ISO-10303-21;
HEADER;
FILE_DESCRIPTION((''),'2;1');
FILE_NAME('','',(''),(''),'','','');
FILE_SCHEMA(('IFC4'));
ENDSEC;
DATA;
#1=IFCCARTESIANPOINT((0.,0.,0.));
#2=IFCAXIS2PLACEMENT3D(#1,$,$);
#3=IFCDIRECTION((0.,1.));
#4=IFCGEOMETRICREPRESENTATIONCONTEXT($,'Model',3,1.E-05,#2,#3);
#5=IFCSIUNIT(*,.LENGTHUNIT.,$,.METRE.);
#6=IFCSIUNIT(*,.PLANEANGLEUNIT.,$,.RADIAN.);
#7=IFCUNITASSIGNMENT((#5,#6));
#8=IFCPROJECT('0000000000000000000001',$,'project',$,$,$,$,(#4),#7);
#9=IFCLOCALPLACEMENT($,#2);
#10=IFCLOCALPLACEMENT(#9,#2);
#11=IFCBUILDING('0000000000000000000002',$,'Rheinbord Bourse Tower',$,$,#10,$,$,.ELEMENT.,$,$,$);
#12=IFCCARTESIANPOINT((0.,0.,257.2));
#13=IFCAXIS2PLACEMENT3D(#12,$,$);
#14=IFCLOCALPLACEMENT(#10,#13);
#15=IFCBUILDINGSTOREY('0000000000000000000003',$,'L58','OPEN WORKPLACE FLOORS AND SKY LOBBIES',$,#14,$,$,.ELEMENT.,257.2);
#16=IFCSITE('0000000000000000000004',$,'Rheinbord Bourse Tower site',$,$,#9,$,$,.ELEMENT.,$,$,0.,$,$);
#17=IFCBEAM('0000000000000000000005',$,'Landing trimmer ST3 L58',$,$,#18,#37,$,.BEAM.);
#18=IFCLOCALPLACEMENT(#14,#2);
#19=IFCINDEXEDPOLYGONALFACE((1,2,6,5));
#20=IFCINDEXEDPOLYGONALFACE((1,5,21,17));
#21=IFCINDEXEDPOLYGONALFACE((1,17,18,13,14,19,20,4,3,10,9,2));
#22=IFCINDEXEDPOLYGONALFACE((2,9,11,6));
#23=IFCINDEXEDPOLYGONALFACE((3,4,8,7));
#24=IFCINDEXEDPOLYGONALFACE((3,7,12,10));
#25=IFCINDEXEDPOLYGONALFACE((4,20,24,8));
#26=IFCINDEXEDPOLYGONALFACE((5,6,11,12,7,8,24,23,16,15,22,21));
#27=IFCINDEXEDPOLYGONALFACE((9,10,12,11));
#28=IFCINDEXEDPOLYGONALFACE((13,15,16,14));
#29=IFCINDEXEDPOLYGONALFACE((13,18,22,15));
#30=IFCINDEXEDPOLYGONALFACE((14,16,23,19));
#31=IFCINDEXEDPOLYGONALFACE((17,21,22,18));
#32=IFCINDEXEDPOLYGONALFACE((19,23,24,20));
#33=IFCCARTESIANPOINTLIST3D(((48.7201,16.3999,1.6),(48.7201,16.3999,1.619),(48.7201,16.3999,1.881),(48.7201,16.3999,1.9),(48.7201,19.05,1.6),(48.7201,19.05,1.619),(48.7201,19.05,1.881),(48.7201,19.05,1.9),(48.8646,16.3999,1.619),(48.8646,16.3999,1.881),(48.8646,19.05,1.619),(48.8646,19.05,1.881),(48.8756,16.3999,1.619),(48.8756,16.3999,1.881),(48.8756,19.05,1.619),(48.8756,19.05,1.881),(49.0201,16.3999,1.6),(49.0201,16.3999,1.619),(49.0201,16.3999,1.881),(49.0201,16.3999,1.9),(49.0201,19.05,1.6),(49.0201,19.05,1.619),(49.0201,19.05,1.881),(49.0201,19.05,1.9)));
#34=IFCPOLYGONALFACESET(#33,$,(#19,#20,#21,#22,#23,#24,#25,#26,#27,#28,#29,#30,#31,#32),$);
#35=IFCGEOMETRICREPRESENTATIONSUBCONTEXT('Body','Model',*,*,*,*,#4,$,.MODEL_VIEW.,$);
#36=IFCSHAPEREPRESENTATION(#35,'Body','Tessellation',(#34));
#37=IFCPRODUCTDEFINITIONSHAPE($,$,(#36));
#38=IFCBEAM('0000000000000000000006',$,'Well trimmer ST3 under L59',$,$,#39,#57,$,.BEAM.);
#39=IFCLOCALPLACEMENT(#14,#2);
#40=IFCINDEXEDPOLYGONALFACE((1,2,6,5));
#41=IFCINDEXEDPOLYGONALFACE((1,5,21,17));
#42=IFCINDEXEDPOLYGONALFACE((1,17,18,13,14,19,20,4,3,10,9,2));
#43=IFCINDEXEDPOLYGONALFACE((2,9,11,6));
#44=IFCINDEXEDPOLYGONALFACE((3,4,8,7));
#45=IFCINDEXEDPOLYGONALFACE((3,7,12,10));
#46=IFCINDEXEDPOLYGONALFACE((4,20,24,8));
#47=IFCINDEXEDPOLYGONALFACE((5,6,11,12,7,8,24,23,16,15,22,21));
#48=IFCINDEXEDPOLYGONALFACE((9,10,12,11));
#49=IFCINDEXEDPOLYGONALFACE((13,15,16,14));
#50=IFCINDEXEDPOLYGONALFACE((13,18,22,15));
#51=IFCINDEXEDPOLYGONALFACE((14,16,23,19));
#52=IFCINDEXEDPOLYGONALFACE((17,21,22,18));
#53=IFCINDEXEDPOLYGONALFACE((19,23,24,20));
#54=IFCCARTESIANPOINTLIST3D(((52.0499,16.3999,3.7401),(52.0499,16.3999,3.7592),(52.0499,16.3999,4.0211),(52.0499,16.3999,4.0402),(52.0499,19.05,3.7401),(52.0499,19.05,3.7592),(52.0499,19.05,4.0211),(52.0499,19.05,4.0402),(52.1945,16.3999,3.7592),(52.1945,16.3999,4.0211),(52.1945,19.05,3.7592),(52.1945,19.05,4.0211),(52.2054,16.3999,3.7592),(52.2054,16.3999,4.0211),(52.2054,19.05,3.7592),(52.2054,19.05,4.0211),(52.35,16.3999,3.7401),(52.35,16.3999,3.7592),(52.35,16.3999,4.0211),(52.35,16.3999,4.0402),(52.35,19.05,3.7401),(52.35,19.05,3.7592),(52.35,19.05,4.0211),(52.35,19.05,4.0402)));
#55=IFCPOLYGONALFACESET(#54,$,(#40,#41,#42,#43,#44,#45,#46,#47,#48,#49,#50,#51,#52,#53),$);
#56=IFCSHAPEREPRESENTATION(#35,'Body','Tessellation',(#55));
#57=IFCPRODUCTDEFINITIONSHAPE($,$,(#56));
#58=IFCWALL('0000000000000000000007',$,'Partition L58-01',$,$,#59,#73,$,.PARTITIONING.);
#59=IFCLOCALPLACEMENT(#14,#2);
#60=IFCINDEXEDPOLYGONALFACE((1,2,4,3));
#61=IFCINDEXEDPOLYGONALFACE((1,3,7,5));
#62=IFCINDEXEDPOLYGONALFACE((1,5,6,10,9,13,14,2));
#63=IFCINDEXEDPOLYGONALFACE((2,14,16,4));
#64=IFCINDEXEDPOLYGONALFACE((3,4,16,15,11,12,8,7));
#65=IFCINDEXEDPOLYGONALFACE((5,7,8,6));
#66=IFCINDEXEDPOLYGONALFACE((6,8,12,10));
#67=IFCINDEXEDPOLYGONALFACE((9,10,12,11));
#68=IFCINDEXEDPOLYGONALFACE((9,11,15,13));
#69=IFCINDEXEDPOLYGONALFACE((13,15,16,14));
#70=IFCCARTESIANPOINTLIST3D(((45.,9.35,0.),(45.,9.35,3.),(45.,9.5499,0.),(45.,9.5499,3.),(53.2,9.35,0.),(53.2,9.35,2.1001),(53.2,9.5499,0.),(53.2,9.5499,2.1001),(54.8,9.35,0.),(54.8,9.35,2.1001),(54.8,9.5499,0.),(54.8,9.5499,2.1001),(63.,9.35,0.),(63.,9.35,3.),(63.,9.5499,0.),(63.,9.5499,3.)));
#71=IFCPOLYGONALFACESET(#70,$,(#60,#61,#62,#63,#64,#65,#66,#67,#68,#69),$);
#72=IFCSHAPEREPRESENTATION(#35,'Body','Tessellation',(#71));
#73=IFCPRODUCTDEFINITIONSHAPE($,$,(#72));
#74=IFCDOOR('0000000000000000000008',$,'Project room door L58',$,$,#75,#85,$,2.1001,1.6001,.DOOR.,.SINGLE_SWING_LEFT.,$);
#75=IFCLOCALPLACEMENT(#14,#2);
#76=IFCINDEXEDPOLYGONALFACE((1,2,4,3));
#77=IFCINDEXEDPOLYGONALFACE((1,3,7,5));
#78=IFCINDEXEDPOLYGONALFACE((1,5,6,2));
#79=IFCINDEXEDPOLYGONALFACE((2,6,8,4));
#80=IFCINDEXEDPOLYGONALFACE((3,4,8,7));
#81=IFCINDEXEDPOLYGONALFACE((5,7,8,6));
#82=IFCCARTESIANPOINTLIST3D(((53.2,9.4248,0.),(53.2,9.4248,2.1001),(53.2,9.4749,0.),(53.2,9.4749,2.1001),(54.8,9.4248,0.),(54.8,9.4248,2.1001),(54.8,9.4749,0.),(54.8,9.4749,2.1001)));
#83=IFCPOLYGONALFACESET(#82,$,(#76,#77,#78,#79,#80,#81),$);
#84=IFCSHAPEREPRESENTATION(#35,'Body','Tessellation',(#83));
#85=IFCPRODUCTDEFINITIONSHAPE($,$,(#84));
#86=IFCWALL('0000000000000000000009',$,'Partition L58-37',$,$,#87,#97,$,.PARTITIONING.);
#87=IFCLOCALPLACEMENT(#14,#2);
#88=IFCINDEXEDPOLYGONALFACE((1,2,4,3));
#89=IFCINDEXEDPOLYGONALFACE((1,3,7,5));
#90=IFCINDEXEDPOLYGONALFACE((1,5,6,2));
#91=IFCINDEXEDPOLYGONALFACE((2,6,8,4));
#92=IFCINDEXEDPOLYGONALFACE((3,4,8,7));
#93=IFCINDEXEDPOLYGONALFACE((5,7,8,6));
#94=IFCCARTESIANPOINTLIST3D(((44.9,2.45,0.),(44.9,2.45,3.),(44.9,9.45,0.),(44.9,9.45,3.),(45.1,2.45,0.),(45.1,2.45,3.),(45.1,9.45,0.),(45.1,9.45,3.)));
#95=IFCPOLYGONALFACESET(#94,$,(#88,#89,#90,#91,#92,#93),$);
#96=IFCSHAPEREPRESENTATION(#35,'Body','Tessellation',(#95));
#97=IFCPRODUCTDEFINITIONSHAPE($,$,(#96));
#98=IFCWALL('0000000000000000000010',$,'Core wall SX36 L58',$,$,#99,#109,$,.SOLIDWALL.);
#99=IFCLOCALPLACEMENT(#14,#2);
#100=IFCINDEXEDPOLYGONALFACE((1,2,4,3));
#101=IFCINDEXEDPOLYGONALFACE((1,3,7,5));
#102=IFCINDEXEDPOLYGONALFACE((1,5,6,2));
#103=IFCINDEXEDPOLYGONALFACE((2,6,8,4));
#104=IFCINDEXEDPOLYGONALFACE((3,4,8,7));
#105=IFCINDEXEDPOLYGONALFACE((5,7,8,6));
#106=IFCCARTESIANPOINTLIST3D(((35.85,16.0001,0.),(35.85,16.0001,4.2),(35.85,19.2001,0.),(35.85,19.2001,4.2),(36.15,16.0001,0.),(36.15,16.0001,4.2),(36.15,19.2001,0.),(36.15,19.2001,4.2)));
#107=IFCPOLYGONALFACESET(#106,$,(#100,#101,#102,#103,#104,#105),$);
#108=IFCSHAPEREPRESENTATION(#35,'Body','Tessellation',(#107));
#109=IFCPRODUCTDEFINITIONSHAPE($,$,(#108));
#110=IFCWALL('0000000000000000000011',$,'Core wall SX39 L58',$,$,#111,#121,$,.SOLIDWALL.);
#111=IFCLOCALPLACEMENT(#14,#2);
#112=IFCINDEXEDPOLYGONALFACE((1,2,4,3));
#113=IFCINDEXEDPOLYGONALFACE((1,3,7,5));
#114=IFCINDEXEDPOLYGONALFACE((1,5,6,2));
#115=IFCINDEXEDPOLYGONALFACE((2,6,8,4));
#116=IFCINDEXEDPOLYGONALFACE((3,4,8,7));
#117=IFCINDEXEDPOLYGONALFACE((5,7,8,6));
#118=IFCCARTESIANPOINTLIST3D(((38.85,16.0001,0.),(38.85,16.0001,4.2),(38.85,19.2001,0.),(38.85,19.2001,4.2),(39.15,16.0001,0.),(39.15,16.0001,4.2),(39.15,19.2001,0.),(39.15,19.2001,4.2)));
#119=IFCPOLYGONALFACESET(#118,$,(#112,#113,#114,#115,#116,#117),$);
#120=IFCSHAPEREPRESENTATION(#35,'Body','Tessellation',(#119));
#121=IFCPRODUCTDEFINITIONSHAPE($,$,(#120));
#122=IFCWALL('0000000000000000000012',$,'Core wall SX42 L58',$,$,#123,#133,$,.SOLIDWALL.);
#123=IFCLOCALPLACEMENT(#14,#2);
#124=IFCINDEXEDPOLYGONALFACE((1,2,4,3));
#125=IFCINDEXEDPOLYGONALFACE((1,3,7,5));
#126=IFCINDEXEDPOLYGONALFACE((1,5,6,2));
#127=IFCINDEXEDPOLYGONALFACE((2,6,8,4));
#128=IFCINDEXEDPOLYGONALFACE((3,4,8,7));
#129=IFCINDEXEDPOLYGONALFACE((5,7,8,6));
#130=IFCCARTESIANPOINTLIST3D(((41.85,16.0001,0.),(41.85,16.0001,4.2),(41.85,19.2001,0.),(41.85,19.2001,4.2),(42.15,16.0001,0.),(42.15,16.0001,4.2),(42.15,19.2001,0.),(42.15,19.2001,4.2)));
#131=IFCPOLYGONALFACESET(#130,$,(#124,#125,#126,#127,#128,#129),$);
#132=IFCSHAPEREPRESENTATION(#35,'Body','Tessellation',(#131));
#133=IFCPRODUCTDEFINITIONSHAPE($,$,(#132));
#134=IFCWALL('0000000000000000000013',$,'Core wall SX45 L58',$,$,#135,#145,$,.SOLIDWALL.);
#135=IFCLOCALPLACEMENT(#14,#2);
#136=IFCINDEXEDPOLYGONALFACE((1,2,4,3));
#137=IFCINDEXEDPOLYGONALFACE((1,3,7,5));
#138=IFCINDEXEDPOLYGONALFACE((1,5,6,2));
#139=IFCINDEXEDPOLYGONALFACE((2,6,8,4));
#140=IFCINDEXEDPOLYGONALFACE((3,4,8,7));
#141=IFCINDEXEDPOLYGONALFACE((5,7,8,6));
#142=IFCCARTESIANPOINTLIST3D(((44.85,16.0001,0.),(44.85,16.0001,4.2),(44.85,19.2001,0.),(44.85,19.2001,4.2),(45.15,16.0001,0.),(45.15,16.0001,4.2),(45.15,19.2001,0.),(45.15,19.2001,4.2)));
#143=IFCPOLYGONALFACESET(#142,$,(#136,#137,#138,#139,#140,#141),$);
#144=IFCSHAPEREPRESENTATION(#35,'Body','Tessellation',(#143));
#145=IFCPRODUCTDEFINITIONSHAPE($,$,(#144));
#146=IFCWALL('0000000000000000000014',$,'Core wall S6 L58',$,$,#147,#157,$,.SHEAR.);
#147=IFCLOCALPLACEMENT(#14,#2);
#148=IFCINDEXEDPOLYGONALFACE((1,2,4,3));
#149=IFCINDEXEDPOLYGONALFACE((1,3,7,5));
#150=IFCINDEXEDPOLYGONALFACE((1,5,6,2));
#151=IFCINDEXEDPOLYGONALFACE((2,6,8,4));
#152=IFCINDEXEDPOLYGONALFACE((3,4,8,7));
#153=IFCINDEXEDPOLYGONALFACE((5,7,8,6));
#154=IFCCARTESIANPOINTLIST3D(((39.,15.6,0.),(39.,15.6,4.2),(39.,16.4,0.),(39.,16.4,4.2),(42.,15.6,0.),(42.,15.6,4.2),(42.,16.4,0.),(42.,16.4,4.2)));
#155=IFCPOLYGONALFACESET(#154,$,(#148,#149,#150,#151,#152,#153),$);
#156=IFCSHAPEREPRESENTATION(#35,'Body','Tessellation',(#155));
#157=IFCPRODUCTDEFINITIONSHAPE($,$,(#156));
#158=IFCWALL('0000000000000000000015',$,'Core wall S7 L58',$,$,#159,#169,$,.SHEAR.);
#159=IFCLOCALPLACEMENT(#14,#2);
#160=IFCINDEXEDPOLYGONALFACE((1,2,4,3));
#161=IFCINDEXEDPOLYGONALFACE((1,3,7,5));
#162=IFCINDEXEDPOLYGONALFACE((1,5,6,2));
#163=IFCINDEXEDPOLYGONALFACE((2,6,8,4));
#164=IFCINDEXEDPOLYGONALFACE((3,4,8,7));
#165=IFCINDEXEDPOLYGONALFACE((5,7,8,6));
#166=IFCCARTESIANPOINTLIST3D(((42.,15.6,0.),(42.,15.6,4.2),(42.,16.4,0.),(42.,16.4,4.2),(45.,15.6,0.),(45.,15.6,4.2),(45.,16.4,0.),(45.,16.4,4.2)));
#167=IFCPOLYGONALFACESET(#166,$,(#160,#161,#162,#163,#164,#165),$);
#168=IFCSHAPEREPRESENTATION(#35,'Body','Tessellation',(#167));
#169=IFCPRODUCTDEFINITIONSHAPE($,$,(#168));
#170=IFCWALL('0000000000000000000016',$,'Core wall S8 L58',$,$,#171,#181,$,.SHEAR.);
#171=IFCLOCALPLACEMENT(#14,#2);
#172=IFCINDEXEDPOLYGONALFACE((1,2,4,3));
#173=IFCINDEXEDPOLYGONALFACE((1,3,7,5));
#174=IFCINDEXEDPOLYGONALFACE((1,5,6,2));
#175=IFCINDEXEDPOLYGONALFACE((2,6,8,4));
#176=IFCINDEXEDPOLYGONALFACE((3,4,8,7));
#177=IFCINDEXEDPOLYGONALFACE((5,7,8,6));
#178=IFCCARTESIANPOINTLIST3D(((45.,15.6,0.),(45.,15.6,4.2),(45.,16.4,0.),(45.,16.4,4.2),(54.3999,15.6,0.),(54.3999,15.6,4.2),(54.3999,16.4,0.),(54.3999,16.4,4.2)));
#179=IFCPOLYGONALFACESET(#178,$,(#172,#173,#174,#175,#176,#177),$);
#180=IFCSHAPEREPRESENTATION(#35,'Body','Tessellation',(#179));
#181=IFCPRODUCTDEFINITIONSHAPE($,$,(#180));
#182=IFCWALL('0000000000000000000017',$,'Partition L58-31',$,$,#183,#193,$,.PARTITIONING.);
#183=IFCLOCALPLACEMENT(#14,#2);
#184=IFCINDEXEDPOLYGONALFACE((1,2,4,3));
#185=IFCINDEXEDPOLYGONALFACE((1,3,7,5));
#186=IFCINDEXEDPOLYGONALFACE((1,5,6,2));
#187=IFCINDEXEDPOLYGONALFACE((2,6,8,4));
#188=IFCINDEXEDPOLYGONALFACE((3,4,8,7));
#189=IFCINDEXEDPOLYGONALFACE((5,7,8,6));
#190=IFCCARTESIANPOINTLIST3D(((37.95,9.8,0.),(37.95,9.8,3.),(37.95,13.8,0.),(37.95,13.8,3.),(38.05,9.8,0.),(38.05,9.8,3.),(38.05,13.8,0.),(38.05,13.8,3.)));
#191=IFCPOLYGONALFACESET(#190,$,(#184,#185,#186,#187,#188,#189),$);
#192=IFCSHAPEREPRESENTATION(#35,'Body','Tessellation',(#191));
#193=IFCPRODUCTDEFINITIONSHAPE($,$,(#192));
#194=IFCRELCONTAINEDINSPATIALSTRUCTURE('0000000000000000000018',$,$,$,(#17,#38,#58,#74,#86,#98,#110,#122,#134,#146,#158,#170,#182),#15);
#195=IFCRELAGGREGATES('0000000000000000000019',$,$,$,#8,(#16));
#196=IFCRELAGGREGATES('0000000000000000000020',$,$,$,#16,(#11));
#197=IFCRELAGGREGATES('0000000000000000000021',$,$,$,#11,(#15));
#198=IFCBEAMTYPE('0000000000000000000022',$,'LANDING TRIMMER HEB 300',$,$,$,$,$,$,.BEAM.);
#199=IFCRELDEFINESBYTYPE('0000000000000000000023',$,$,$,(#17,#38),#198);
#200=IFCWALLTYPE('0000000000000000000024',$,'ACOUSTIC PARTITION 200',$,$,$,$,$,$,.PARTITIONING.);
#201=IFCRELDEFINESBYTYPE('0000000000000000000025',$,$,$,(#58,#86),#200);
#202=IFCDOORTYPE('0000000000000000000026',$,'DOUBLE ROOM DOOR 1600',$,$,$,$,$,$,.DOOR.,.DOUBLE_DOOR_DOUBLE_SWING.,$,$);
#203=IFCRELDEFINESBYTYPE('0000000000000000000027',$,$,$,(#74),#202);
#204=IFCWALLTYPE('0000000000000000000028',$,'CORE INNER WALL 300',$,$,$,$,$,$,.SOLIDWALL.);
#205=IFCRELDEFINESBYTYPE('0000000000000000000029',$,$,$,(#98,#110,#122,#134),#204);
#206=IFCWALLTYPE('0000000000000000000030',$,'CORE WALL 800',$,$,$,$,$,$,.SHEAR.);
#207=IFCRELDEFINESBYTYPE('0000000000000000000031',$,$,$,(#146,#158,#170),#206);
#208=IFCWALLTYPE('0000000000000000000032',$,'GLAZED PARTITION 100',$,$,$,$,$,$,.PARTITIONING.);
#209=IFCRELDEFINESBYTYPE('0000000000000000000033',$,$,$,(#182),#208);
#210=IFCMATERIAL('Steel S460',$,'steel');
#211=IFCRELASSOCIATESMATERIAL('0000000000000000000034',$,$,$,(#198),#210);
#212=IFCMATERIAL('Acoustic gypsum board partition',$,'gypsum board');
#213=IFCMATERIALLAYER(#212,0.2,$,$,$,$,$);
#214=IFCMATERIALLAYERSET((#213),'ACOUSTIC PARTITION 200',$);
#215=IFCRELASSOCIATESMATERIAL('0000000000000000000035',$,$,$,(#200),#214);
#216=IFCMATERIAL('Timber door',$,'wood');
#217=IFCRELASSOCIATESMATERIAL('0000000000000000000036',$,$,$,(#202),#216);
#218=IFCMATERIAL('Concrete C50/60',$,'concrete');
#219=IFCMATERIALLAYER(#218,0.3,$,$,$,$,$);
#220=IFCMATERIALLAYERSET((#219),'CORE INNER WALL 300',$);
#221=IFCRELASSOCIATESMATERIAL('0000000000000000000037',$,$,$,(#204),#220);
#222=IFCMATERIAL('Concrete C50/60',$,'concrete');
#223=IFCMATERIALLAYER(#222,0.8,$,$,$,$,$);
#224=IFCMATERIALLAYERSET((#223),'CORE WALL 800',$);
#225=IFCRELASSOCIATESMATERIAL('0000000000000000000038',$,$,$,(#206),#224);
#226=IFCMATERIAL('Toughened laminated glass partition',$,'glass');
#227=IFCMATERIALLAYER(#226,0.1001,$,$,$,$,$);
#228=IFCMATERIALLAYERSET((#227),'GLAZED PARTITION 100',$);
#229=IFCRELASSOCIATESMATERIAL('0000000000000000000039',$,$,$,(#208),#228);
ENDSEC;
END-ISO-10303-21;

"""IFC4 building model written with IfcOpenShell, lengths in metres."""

from ifc_helpers import new_model, si_unit, direction, frame, frame_2d, origin, origin_2d, place, context, subcontext, project, spatial, rectangle, i_section, extrude, material, layer, layer_set, material_profile, profile_set, type_object, element, fill, save


model = new_model("IFC4")

# Units and contexts
model_context = context("Model", 3, precision=1e-05, world=origin(), true_north=direction((0.0, 1.0)))
body_context = subcontext(model_context, "Body", "Model", "MODEL_VIEW")
ifc_project = project(units=[si_unit("LENGTHUNIT", "METRE"), si_unit("PLANEANGLEUNIT", "RADIAN")], contexts=[model_context])

# Site, building, storey
site_placement = place(None, origin())
site = spatial("IfcSite", under=ifc_project, at=site_placement, Name="Rheinbord Bourse Tower site", CompositionType="ELEMENT", RefElevation=0.0)
building_placement = place(site_placement, origin())
building = spatial("IfcBuilding", under=site, at=building_placement, Name="Rheinbord Bourse Tower", CompositionType="ELEMENT")
storey_placement = place(building_placement, frame((0.0, 0.0, 257.2)))
storey = spatial("IfcBuildingStorey", under=building, at=storey_placement, Name="L58", Description="OPEN WORKPLACE FLOORS AND SKY LOBBIES", CompositionType="ELEMENT", Elevation=257.2)

# Beams
ifc_material_1 = material(Name="Steel S460", Category="steel")
ifc_material_profile = material_profile(ifc_material_1, i_section(OverallWidth=0.3, OverallDepth=0.3, WebThickness=0.011, FlangeThickness=0.019, at=origin_2d()), Name="HEB 300")
ifc_profile_set = profile_set([ifc_material_profile], Name="Steel S460")
beam_type = type_object("IfcBeamType", Name="LANDING TRIMMER HEB 300", PredefinedType="BEAM", material=ifc_profile_set)
for number, where, z_axis, x_axis, name in (
    (1, (48.8701, 16.3999, 1.75), (0.0, 1.0, 0.0), (-1.0, 0.0, 0.0), "Landing trimmer ST3 L58"),
    (2, (52.2, 16.3999, 3.8901), (0.0, 1.0, 0.0), (-1.0, 0.0, 0.0), "Well trimmer ST3 under L59"),
):
    element("IfcBeam", number, at=place(storey_placement, frame(where, z_axis=z_axis, x_axis=x_axis)), inside=storey, type_object=beam_type, Name=name, PredefinedType="BEAM", context=body_context, shape_type="SweptSolid", body=[
        extrude(i_section(OverallWidth=0.3, OverallDepth=0.3, WebThickness=0.011, FlangeThickness=0.019, at=origin_2d()), origin(), (0.0, 0.0, 1.0), 2.6501),
    ])

# Wall, opening, door
ifc_material_2 = material(Name="Acoustic gypsum board partition", Category="gypsum board")
ifc_layer_1 = layer(ifc_material_2, 0.2)
ifc_layer_set_1 = layer_set([ifc_layer_1], Name="ACOUSTIC PARTITION 200")
wall_type_1 = type_object("IfcWallType", Name="ACOUSTIC PARTITION 200", PredefinedType="PARTITIONING", material=ifc_layer_set_1)
wall_1_placement = place(storey_placement, frame((45.0, 9.45, 0.0), z_axis=(0.0, 0.0, 1.0), x_axis=(1.0, 0.0, 0.0)))
wall_1 = element("IfcWall", 3, at=wall_1_placement, inside=storey, type_object=wall_type_1, Name="Partition L58-01", PredefinedType="PARTITIONING", context=body_context, shape_type="SweptSolid", body=[
    extrude(rectangle(XDim=18.0, YDim=0.2, at=frame_2d((9.0, 0.0))), origin(), (0.0, 0.0, 1.0), 3.0),
])
opening_1_placement = place(wall_1_placement, frame((8.2, 0.0, 0.0)))
opening_1 = element("IfcOpeningElement", 4, at=opening_1_placement, cuts=wall_1, PredefinedType="OPENING", context=body_context, shape_type="SweptSolid", body=[
    extrude(rectangle(XDim=1.6001, YDim=2.1001, at=frame_2d((0.8, 1.05))), frame((0.0, 0.1099, 0.0), z_axis=(0.0, -1.0, 0.0), x_axis=(1.0, 0.0, 0.0)), (0.0, 0.0, 1.0), 0.22),
])
ifc_material_3 = material(Name="Timber door", Category="wood")
door_type = type_object("IfcDoorType", Name="DOUBLE ROOM DOOR 1600", OperationType="DOUBLE_DOOR_DOUBLE_SWING", PredefinedType="DOOR", material=ifc_material_3)
door_1_placement = place(opening_1_placement, origin())
door_1 = element("IfcDoor", 5, at=door_1_placement, inside=storey, type_object=door_type, Name="Project room door L58", OperationType="SINGLE_SWING_LEFT", OverallHeight=2.1001, OverallWidth=1.6001, PredefinedType="DOOR", context=body_context, shape_type="SweptSolid", body=[
    extrude(rectangle(XDim=1.6001, YDim=2.1001, at=frame_2d((0.8, 1.05))), frame((0.0, 0.0249, 0.0), z_axis=(0.0, -1.0, 0.0), x_axis=(1.0, 0.0, 0.0)), (0.0, 0.0, 1.0), 0.05),
])
fill(opening_1, door_1)

# Walls
wall_2_placement = place(storey_placement, frame((45.0, 2.45, 0.0), z_axis=(0.0, 0.0, 1.0), x_axis=(0.0, 1.0, 0.0)))
element("IfcWall", 6, at=wall_2_placement, inside=storey, type_object=wall_type_1, Name="Partition L58-37", PredefinedType="PARTITIONING", context=body_context, shape_type="SweptSolid", body=[
    extrude(rectangle(XDim=7.0, YDim=0.2, at=frame_2d((3.5, 0.0))), origin(), (0.0, 0.0, 1.0), 3.0),
])
ifc_material_4 = material(Name="Concrete C50/60", Category="concrete")
ifc_layer_2 = layer(ifc_material_4, 0.3)
ifc_layer_set_2 = layer_set([ifc_layer_2], Name="CORE INNER WALL 300")
wall_type_2 = type_object("IfcWallType", Name="CORE INNER WALL 300", PredefinedType="SOLIDWALL", material=ifc_layer_set_2)
for number, where, z_axis, x_axis, name in (
    (7, (36.0, 16.0, 0.0), (0.0, 0.0, 1.0), (0.0, 1.0, 0.0), "Core wall SX36 L58"),
    (8, (39.0, 16.0, 0.0), (0.0, 0.0, 1.0), (0.0, 1.0, 0.0), "Core wall SX39 L58"),
    (9, (42.0, 16.0, 0.0), (0.0, 0.0, 1.0), (0.0, 1.0, 0.0), "Core wall SX42 L58"),
    (10, (45.0, 16.0, 0.0), (0.0, 0.0, 1.0), (0.0, 1.0, 0.0), "Core wall SX45 L58"),
):
    element("IfcWall", number, at=place(storey_placement, frame(where, z_axis=z_axis, x_axis=x_axis)), inside=storey, type_object=wall_type_2, Name=name, PredefinedType="SOLIDWALL", context=body_context, shape_type="SweptSolid", body=[
        extrude(rectangle(XDim=3.2, YDim=0.3, at=frame_2d((1.6001, 0.0))), origin(), (0.0, 0.0, 1.0), 4.2),
    ])
ifc_material_5 = material(Name="Concrete C50/60", Category="concrete")
ifc_layer_3 = layer(ifc_material_5, 0.8)
ifc_layer_set_3 = layer_set([ifc_layer_3], Name="CORE WALL 800")
wall_type_3 = type_object("IfcWallType", Name="CORE WALL 800", PredefinedType="SHEAR", material=ifc_layer_set_3)
for number, where, z_axis, x_axis, name in (
    (11, (39.0, 16.0, 0.0), (0.0, 0.0, 1.0), (1.0, 0.0, 0.0), "Core wall S6 L58"),
    (12, (42.0, 16.0, 0.0), (0.0, 0.0, 1.0), (1.0, 0.0, 0.0), "Core wall S7 L58"),
):
    element("IfcWall", number, at=place(storey_placement, frame(where, z_axis=z_axis, x_axis=x_axis)), inside=storey, type_object=wall_type_3, Name=name, PredefinedType="SHEAR", context=body_context, shape_type="SweptSolid", body=[
        extrude(rectangle(XDim=3.0, YDim=0.8, at=frame_2d((1.5, 0.0))), origin(), (0.0, 0.0, 1.0), 4.2),
    ])
wall_3_placement = place(storey_placement, frame((45.0, 16.0, 0.0), z_axis=(0.0, 0.0, 1.0), x_axis=(1.0, 0.0, 0.0)))
element("IfcWall", 13, at=wall_3_placement, inside=storey, type_object=wall_type_3, Name="Core wall S8 L58", PredefinedType="SHEAR", context=body_context, shape_type="SweptSolid", body=[
    extrude(rectangle(XDim=9.3999, YDim=0.8, at=frame_2d((4.7, 0.0))), origin(), (0.0, 0.0, 1.0), 4.2),
])
ifc_material_6 = material(Name="Toughened laminated glass partition", Category="glass")
ifc_layer_4 = layer(ifc_material_6, 0.1001)
ifc_layer_set_4 = layer_set([ifc_layer_4], Name="GLAZED PARTITION 100")
wall_type_4 = type_object("IfcWallType", Name="GLAZED PARTITION 100", PredefinedType="PARTITIONING", material=ifc_layer_set_4)
for number, where, z_axis, x_axis, name in (
    (14, (38.0, 9.8, 0.0), (0.0, 0.0, 1.0), (0.0, 1.0, 0.0), "Partition L58-31"),
):
    element("IfcWall", number, at=place(storey_placement, frame(where, z_axis=z_axis, x_axis=x_axis)), inside=storey, type_object=wall_type_4, Name=name, PredefinedType="PARTITIONING", context=body_context, shape_type="SweptSolid", body=[
        extrude(rectangle(XDim=4.0, YDim=0.1001, at=frame_2d((2.0, 0.0))), origin(), (0.0, 0.0, 1.0), 3.0),
    ])

save(model, "model.ifc")
